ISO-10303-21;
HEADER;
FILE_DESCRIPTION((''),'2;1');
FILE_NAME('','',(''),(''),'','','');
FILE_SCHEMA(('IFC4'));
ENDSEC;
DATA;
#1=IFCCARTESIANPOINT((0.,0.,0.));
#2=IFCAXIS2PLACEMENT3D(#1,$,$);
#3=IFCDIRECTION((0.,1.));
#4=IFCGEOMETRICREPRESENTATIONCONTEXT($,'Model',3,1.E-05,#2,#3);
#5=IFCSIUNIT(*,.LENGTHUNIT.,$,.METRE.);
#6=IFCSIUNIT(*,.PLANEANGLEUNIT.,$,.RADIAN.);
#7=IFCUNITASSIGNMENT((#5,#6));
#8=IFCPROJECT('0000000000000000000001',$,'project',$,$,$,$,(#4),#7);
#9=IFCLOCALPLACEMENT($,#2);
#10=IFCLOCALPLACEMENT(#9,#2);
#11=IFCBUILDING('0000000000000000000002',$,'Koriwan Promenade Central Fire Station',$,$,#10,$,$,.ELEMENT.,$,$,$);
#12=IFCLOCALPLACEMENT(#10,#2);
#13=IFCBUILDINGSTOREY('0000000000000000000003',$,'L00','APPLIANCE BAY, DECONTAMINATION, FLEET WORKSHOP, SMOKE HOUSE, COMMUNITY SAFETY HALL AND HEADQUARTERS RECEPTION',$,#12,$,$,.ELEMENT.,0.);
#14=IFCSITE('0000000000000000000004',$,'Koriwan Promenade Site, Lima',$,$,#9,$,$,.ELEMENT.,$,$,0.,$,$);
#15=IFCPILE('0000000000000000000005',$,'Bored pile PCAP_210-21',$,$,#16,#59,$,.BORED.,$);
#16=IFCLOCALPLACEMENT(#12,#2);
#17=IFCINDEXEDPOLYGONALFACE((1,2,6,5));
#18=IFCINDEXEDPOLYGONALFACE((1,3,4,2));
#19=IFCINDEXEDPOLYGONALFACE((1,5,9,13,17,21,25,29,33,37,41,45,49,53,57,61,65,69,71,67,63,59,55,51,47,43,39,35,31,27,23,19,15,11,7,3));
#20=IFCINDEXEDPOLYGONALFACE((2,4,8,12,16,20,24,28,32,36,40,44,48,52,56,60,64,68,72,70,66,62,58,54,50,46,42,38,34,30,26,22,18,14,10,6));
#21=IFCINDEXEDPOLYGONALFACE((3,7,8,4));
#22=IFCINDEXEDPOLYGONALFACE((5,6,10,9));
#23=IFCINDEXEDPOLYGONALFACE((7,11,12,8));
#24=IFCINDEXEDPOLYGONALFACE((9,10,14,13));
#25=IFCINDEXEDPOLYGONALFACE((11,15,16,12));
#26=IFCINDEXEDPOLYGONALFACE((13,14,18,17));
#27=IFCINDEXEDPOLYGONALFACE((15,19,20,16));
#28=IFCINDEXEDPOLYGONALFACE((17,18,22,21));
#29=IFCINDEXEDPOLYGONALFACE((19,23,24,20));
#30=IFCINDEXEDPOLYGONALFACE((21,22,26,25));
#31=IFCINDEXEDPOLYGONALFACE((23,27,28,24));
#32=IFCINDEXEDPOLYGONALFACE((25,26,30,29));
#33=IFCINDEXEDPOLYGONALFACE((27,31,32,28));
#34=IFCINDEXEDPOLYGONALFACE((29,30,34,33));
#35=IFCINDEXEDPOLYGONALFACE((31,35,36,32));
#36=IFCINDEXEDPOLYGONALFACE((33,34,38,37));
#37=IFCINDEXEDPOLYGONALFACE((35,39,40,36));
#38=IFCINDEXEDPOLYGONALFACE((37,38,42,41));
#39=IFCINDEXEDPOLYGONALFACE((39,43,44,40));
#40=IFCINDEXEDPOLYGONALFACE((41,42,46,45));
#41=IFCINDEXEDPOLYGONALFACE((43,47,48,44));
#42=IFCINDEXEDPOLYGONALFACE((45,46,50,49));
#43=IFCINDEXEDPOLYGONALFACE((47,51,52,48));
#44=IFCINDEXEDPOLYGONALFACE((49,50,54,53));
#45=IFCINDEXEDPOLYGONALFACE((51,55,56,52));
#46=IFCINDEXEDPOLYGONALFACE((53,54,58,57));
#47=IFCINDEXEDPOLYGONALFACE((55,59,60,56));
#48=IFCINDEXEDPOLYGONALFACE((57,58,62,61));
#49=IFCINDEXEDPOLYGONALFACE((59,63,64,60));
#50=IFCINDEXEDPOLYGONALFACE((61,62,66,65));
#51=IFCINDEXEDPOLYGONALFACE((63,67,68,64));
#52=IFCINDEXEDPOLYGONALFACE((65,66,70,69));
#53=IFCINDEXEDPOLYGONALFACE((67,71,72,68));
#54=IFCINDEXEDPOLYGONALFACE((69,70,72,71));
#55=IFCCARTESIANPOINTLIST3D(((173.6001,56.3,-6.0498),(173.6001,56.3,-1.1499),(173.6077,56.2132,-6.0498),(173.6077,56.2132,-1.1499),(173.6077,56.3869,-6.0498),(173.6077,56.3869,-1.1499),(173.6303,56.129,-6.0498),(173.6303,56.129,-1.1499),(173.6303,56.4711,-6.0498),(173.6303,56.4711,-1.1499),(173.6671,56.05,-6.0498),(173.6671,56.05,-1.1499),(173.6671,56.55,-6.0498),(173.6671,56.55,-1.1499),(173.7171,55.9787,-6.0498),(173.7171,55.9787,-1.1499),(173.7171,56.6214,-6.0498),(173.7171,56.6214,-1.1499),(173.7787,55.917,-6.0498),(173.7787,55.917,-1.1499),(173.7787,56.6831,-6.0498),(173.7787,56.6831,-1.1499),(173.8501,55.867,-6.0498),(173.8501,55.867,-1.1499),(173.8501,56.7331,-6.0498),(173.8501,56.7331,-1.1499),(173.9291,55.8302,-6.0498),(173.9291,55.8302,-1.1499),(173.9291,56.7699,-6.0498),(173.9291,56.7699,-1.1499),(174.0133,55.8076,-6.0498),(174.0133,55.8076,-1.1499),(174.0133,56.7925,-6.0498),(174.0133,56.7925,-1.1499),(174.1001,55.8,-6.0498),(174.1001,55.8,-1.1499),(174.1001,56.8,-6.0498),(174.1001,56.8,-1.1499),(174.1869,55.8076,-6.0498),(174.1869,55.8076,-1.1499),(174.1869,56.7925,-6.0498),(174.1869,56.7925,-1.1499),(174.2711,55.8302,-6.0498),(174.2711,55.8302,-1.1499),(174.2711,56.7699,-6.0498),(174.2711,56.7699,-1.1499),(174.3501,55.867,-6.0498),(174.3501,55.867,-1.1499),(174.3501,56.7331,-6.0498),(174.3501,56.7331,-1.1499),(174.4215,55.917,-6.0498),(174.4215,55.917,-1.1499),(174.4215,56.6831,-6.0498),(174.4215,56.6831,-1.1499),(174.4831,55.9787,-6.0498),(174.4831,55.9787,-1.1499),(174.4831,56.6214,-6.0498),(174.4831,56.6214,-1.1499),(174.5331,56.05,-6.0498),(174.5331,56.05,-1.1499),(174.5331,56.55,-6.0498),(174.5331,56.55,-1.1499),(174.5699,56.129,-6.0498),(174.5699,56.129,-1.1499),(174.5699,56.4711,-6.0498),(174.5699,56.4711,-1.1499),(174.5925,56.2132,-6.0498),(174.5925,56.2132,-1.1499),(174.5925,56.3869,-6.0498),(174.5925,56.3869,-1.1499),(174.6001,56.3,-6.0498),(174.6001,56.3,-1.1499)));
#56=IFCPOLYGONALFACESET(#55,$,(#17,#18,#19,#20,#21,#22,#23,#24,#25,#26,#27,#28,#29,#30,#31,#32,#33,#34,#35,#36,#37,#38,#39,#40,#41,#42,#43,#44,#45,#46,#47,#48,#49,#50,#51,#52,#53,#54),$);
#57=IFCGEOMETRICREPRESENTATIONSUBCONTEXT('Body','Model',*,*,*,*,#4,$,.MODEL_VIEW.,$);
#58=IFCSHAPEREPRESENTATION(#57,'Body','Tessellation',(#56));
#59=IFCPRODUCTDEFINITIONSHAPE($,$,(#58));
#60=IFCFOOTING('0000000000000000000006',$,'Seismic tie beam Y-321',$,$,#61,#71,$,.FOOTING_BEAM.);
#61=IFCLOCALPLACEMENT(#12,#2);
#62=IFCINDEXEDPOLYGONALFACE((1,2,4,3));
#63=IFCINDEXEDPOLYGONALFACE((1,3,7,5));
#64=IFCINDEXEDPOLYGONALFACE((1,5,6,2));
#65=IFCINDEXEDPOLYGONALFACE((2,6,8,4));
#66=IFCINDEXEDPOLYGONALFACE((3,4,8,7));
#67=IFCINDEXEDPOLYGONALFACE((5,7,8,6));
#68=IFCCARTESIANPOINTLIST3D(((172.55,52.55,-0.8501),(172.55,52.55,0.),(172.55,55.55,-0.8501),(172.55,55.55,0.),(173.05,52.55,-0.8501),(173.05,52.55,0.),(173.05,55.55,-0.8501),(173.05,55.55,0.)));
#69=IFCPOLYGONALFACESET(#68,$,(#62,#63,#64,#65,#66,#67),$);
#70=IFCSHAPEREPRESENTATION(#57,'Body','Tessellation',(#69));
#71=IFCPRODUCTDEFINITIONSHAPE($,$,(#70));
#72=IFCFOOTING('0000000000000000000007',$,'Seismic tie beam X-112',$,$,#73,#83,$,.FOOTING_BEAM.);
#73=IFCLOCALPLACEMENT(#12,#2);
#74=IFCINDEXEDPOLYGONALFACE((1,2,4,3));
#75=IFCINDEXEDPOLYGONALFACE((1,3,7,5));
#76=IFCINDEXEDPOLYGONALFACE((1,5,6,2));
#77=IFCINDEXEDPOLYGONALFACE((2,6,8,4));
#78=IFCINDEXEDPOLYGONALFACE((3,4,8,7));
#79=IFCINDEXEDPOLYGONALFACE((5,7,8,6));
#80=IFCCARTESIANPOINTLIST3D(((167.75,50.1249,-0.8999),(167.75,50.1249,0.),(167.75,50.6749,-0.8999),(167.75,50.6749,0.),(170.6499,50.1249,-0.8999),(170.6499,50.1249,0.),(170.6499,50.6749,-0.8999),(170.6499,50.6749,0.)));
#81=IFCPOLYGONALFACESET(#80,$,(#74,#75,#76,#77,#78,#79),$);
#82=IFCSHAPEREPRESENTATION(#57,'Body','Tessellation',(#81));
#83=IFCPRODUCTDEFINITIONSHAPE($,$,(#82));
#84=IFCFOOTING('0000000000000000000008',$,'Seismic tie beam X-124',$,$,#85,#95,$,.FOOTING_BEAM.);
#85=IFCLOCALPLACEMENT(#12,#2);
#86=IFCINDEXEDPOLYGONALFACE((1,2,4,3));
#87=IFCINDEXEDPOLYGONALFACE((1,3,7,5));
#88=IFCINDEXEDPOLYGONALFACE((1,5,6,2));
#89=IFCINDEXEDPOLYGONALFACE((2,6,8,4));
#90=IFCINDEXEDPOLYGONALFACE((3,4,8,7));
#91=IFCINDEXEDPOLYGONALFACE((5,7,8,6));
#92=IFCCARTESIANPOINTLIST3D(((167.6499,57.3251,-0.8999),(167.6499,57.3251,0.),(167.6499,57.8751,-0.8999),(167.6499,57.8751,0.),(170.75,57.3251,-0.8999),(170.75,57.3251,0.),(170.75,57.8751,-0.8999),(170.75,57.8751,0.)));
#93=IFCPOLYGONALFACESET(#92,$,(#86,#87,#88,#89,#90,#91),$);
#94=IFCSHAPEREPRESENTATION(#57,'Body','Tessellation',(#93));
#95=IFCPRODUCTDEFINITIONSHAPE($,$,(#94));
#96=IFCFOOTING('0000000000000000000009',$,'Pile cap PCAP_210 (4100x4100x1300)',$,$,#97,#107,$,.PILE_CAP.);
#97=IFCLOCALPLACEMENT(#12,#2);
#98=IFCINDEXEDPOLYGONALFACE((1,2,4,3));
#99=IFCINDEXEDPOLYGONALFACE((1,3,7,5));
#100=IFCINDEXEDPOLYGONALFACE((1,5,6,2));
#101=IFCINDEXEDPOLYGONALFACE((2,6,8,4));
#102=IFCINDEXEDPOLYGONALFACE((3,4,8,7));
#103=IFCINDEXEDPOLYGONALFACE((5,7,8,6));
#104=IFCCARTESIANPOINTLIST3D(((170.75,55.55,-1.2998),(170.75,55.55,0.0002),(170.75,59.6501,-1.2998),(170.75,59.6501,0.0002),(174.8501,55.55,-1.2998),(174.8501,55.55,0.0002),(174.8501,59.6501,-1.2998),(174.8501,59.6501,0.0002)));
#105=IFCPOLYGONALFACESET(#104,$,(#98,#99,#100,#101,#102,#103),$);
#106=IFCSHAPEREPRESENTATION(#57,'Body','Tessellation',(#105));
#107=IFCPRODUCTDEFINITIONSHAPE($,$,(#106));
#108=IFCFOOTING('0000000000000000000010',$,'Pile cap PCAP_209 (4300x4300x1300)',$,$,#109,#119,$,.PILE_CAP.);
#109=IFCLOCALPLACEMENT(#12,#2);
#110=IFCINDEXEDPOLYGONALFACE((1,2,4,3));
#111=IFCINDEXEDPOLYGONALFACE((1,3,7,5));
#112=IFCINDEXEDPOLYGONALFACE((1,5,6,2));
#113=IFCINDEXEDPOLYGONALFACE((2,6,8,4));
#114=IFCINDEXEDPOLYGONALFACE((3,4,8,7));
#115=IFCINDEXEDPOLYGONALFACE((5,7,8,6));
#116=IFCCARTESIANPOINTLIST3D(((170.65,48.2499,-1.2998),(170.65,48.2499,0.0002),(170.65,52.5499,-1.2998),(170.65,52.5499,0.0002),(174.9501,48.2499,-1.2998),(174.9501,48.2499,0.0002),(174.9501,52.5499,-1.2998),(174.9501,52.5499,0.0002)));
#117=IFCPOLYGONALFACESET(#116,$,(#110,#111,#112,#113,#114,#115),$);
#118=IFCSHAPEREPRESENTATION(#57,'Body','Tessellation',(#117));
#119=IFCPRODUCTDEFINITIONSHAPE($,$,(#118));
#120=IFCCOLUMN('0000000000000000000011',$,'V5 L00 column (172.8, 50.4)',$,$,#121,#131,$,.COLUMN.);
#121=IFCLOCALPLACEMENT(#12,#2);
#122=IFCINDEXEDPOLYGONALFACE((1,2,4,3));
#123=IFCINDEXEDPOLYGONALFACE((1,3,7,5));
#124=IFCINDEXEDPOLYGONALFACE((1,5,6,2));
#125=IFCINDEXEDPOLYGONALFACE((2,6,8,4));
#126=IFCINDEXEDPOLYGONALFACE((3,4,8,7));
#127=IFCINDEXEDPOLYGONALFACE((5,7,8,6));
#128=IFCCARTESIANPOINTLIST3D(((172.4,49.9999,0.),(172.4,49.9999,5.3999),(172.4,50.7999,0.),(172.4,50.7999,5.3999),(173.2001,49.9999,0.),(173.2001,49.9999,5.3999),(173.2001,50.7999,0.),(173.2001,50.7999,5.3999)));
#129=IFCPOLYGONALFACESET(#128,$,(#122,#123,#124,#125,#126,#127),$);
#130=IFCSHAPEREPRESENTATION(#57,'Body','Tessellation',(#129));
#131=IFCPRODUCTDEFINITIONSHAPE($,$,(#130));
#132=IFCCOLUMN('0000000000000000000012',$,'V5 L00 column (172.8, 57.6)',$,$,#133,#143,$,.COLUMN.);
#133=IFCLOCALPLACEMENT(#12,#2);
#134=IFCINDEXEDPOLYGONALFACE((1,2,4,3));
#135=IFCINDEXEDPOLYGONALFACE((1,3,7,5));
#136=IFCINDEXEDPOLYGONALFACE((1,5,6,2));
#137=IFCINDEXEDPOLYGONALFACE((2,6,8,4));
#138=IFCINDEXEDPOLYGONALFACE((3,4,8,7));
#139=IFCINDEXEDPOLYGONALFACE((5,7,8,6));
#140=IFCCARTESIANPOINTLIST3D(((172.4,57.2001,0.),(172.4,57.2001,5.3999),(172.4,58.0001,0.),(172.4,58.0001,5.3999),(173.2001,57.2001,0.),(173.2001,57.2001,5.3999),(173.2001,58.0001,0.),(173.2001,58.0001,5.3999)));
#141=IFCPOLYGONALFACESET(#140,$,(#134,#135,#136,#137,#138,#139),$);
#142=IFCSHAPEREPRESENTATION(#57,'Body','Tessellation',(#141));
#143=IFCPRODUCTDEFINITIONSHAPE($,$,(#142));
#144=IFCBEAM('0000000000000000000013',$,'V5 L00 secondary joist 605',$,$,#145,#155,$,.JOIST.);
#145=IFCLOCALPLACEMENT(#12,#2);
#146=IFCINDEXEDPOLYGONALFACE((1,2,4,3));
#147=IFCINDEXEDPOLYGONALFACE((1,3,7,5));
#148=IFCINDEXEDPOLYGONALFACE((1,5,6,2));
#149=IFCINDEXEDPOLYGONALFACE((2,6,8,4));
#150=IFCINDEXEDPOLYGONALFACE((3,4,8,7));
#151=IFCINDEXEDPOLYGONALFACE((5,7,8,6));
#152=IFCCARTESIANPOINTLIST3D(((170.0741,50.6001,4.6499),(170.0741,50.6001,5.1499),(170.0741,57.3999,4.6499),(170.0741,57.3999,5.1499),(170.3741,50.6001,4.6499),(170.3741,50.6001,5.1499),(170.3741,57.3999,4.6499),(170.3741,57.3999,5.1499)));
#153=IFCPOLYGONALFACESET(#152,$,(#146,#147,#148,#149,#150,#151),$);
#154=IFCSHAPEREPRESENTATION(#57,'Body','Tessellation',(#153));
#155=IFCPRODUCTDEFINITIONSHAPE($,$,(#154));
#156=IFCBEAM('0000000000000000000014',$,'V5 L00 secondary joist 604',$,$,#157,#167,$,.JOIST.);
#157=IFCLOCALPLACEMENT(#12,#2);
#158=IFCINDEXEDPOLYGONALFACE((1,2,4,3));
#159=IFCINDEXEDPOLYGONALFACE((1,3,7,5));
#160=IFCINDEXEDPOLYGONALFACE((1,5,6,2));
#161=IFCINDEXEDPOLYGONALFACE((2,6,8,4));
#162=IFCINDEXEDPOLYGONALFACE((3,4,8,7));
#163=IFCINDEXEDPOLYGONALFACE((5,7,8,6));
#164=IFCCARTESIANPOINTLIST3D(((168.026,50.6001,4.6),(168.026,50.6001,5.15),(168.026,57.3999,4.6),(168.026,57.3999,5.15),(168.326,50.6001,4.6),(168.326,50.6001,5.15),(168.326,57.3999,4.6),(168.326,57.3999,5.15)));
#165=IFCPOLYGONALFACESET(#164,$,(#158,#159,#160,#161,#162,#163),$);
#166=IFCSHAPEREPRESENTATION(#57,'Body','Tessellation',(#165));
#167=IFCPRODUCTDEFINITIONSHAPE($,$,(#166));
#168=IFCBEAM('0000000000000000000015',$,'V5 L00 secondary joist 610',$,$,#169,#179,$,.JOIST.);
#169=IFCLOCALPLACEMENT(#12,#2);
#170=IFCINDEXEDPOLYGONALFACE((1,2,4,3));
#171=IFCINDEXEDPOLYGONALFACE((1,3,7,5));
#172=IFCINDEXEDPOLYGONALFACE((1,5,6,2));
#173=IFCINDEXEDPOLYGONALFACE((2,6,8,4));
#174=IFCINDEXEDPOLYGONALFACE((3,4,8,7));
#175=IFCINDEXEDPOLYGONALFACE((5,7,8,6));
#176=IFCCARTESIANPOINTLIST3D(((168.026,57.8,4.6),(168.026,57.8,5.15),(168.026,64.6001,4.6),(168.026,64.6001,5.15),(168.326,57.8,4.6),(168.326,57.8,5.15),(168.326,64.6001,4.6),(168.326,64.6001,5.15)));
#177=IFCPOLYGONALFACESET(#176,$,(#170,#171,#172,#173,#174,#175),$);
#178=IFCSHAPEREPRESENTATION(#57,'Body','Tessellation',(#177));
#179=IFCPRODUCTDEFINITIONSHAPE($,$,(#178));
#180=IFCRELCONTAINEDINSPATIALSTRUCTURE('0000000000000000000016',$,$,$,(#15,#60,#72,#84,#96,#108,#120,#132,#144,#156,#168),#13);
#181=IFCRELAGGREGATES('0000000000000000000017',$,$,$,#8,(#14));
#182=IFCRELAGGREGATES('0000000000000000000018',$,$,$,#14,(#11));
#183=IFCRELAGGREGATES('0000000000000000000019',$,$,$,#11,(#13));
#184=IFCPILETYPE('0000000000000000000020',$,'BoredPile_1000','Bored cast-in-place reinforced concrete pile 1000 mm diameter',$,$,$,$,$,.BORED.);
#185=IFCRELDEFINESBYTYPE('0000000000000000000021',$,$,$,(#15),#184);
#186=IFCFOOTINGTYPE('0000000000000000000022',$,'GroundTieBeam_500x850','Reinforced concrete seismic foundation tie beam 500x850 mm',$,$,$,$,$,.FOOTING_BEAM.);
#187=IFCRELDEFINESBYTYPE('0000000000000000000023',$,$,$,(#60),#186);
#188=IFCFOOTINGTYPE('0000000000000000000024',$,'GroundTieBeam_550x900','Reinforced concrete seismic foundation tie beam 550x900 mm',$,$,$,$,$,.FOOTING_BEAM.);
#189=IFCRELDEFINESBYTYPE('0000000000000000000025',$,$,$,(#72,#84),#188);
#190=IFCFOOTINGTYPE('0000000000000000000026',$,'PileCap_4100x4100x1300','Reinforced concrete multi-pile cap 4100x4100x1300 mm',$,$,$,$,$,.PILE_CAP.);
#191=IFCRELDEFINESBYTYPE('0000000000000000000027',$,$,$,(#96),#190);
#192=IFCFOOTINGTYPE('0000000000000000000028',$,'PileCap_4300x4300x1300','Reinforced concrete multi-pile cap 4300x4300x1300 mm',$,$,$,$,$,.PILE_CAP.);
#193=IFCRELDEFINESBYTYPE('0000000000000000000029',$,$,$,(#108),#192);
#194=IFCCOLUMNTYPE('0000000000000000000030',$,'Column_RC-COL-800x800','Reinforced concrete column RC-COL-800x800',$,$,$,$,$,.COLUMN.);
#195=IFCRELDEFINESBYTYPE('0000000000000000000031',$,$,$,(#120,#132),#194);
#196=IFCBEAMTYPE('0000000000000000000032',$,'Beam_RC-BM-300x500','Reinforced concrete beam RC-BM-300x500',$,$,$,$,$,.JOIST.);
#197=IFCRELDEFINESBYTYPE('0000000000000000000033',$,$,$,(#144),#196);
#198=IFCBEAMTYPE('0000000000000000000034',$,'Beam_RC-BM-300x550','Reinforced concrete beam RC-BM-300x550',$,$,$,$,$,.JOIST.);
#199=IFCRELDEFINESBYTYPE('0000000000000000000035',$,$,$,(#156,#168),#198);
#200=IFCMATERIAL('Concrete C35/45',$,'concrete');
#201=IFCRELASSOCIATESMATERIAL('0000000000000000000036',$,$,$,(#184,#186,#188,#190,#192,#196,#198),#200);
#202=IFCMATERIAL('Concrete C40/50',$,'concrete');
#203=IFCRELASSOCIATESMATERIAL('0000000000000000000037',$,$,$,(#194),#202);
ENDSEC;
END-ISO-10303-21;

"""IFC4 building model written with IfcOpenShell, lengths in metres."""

from ifc_helpers import new_model, si_unit, direction, frame, origin, origin_2d, place, context, subcontext, project, spatial, rectangle, circle, extrude, material, material_profile, profile_set, type_object, element, save


model = new_model("IFC4")

# Units and contexts
model_context = context("Model", 3, precision=1e-05, world=origin(), true_north=direction((0.0, 1.0)))
body_context = subcontext(model_context, "Body", "Model", "MODEL_VIEW")
ifc_project = project(units=[si_unit("LENGTHUNIT", "METRE"), si_unit("PLANEANGLEUNIT", "RADIAN")], contexts=[model_context])

# Site, building, storey
site_placement = place(None, origin())
site = spatial("IfcSite", under=ifc_project, at=site_placement, Name="Koriwan Promenade Site, Lima", CompositionType="ELEMENT", RefElevation=0.0)
building_placement = place(site_placement, origin())
building = spatial("IfcBuilding", under=site, at=building_placement, Name="Koriwan Promenade Central Fire Station", CompositionType="ELEMENT")
storey_placement = place(building_placement, origin())
storey = spatial("IfcBuildingStorey", under=building, at=storey_placement, Name="L00", Description="APPLIANCE BAY, DECONTAMINATION, FLEET WORKSHOP, SMOKE HOUSE, COMMUNITY SAFETY HALL AND HEADQUARTERS RECEPTION", CompositionType="ELEMENT", Elevation=0.0)

# Pile
ifc_material_1 = material(Name="Concrete C35/45", Category="concrete")
ifc_material_profile_1 = material_profile(ifc_material_1, circle(Radius=0.5, at=origin_2d()), Name="PILE-D1000")
ifc_profile_set_1 = profile_set([ifc_material_profile_1], Name="Concrete C35/45")
pile_type = type_object("IfcPileType", Name="BoredPile_1000", Description="Bored cast-in-place reinforced concrete pile 1000 mm diameter", PredefinedType="BORED", material=ifc_profile_set_1)
for number, where, z_axis, x_axis, name in (
    (1, (174.1001, 56.3, -1.1499), (0.0, 0.0, -1.0), (1.0, 0.0, 0.0), "Bored pile PCAP_210-21"),
):
    element("IfcPile", number, at=place(storey_placement, frame(where, z_axis=z_axis, x_axis=x_axis)), inside=storey, type_object=pile_type, Name=name, PredefinedType="BORED", context=body_context, shape_type="SweptSolid", body=[
        extrude(circle(Radius=0.5, at=origin_2d()), origin(), (0.0, 0.0, 1.0), 4.8999),
    ])

# Footings
footing_type_1 = type_object("IfcFootingType", Name="GroundTieBeam_500x850", Description="Reinforced concrete seismic foundation tie beam 500x850 mm", PredefinedType="FOOTING_BEAM", material=ifc_material_1)
footing_1_placement = place(storey_placement, frame((172.8, 54.05, -0.8501), z_axis=(0.0, 0.0, 1.0), x_axis=(0.0, 1.0, 0.0)))
element("IfcFooting", 2, at=footing_1_placement, inside=storey, type_object=footing_type_1, Name="Seismic tie beam Y-321", PredefinedType="FOOTING_BEAM", context=body_context, shape_type="SweptSolid", body=[
    extrude(rectangle(XDim=3.0, YDim=0.5, at=origin_2d()), origin(), (0.0, 0.0, 1.0), 0.8501),
])
footing_type_2 = type_object("IfcFootingType", Name="GroundTieBeam_550x900", Description="Reinforced concrete seismic foundation tie beam 550x900 mm", PredefinedType="FOOTING_BEAM", material=ifc_material_1)
footing_2_placement = place(storey_placement, frame((169.2, 50.3999, -0.8999), z_axis=(0.0, 0.0, 1.0), x_axis=(1.0, 0.0, 0.0)))
element("IfcFooting", 3, at=footing_2_placement, inside=storey, type_object=footing_type_2, Name="Seismic tie beam X-112", PredefinedType="FOOTING_BEAM", context=body_context, shape_type="SweptSolid", body=[
    extrude(rectangle(XDim=2.8999, YDim=0.55, at=origin_2d()), origin(), (0.0, 0.0, 1.0), 0.8999),
])
footing_3_placement = place(storey_placement, frame((169.2, 57.6001, -0.8999), z_axis=(0.0, 0.0, 1.0), x_axis=(1.0, 0.0, 0.0)))
element("IfcFooting", 4, at=footing_3_placement, inside=storey, type_object=footing_type_2, Name="Seismic tie beam X-124", PredefinedType="FOOTING_BEAM", context=body_context, shape_type="SweptSolid", body=[
    extrude(rectangle(XDim=3.1001, YDim=0.55, at=origin_2d()), origin(), (0.0, 0.0, 1.0), 0.8999),
])
footing_type_3 = type_object("IfcFootingType", Name="PileCap_4100x4100x1300", Description="Reinforced concrete multi-pile cap 4100x4100x1300 mm", PredefinedType="PILE_CAP", material=ifc_material_1)
footing_4_placement = place(storey_placement, frame((172.8, 57.6001, -1.2998), z_axis=(0.0, 0.0, 1.0), x_axis=(1.0, 0.0, 0.0)))
element("IfcFooting", 5, at=footing_4_placement, inside=storey, type_object=footing_type_3, Name="Pile cap PCAP_210 (4100x4100x1300)", PredefinedType="PILE_CAP", context=body_context, shape_type="SweptSolid", body=[
    extrude(rectangle(XDim=4.1001, YDim=4.1001, at=origin_2d()), origin(), (0.0, 0.0, 1.0), 1.3),
])
footing_type_4 = type_object("IfcFootingType", Name="PileCap_4300x4300x1300", Description="Reinforced concrete multi-pile cap 4300x4300x1300 mm", PredefinedType="PILE_CAP", material=ifc_material_1)
footing_5_placement = place(storey_placement, frame((172.8, 50.3999, -1.2998), z_axis=(0.0, 0.0, 1.0), x_axis=(1.0, 0.0, 0.0)))
element("IfcFooting", 6, at=footing_5_placement, inside=storey, type_object=footing_type_4, Name="Pile cap PCAP_209 (4300x4300x1300)", PredefinedType="PILE_CAP", context=body_context, shape_type="SweptSolid", body=[
    extrude(rectangle(XDim=4.3, YDim=4.3, at=origin_2d()), origin(), (0.0, 0.0, 1.0), 1.3),
])

# Columns
ifc_material_2 = material(Name="Concrete C40/50", Category="concrete")
ifc_material_profile_2 = material_profile(ifc_material_2, rectangle(XDim=0.8, YDim=0.8, at=origin_2d()), Name="RC-COL-800x800")
ifc_profile_set_2 = profile_set([ifc_material_profile_2], Name="Concrete C40/50")
column_type = type_object("IfcColumnType", Name="Column_RC-COL-800x800", Description="Reinforced concrete column RC-COL-800x800", PredefinedType="COLUMN", material=ifc_profile_set_2)
for number, where, z_axis, x_axis, name in (
    (7, (172.8, 50.3999, 0.0), (0.0, 0.0, 1.0), (1.0, 0.0, 0.0), "V5 L00 column (172.8, 50.4)"),
    (8, (172.8, 57.6001, 0.0), (0.0, 0.0, 1.0), (1.0, 0.0, 0.0), "V5 L00 column (172.8, 57.6)"),
):
    element("IfcColumn", number, at=place(storey_placement, frame(where, z_axis=z_axis, x_axis=x_axis)), inside=storey, type_object=column_type, Name=name, PredefinedType="COLUMN", context=body_context, shape_type="SweptSolid", body=[
        extrude(rectangle(XDim=0.8, YDim=0.8, at=origin_2d()), origin(), (0.0, 0.0, 1.0), 5.3999),
    ])

# Beams
ifc_material_profile_3 = material_profile(ifc_material_1, rectangle(XDim=0.3, YDim=0.5, at=origin_2d()), Name="RC-BM-300x500")
ifc_profile_set_3 = profile_set([ifc_material_profile_3], Name="Concrete C35/45")
beam_type_1 = type_object("IfcBeamType", Name="Beam_RC-BM-300x500", Description="Reinforced concrete beam RC-BM-300x500", PredefinedType="JOIST", material=ifc_profile_set_3)
beam_1_placement = place(storey_placement, frame((170.2241, 50.6001, 4.8999), z_axis=(0.0, 1.0, 0.0), x_axis=(-1.0, 0.0, 0.0)))
element("IfcBeam", 9, at=beam_1_placement, inside=storey, type_object=beam_type_1, Name="V5 L00 secondary joist 605", PredefinedType="JOIST", context=body_context, shape_type="SweptSolid", body=[
    extrude(rectangle(XDim=0.3, YDim=0.5, at=origin_2d()), origin(), (0.0, 0.0, 1.0), 6.7998),
])
ifc_material_profile_4 = material_profile(ifc_material_1, rectangle(XDim=0.3, YDim=0.55, at=origin_2d()), Name="RC-BM-300x550")
ifc_profile_set_4 = profile_set([ifc_material_profile_4], Name="Concrete C35/45")
beam_type_2 = type_object("IfcBeamType", Name="Beam_RC-BM-300x550", Description="Reinforced concrete beam RC-BM-300x550", PredefinedType="JOIST", material=ifc_profile_set_4)
beam_2_placement = place(storey_placement, frame((168.176, 50.6001, 4.875), z_axis=(0.0, 1.0, 0.0), x_axis=(-1.0, 0.0, 0.0)))
element("IfcBeam", 10, at=beam_2_placement, inside=storey, type_object=beam_type_2, Name="V5 L00 secondary joist 604", PredefinedType="JOIST", context=body_context, shape_type="SweptSolid", body=[
    extrude(rectangle(XDim=0.3, YDim=0.55, at=origin_2d()), origin(), (0.0, 0.0, 1.0), 6.7998),
])
beam_3_placement = place(storey_placement, frame((168.176, 57.8, 4.875), z_axis=(0.0, 1.0, 0.0), x_axis=(-1.0, 0.0, 0.0)))
element("IfcBeam", 11, at=beam_3_placement, inside=storey, type_object=beam_type_2, Name="V5 L00 secondary joist 610", PredefinedType="JOIST", context=body_context, shape_type="SweptSolid", body=[
    extrude(rectangle(XDim=0.3, YDim=0.55, at=origin_2d()), origin(), (0.0, 0.0, 1.0), 6.8),
])

save(model, "model.ifc")
